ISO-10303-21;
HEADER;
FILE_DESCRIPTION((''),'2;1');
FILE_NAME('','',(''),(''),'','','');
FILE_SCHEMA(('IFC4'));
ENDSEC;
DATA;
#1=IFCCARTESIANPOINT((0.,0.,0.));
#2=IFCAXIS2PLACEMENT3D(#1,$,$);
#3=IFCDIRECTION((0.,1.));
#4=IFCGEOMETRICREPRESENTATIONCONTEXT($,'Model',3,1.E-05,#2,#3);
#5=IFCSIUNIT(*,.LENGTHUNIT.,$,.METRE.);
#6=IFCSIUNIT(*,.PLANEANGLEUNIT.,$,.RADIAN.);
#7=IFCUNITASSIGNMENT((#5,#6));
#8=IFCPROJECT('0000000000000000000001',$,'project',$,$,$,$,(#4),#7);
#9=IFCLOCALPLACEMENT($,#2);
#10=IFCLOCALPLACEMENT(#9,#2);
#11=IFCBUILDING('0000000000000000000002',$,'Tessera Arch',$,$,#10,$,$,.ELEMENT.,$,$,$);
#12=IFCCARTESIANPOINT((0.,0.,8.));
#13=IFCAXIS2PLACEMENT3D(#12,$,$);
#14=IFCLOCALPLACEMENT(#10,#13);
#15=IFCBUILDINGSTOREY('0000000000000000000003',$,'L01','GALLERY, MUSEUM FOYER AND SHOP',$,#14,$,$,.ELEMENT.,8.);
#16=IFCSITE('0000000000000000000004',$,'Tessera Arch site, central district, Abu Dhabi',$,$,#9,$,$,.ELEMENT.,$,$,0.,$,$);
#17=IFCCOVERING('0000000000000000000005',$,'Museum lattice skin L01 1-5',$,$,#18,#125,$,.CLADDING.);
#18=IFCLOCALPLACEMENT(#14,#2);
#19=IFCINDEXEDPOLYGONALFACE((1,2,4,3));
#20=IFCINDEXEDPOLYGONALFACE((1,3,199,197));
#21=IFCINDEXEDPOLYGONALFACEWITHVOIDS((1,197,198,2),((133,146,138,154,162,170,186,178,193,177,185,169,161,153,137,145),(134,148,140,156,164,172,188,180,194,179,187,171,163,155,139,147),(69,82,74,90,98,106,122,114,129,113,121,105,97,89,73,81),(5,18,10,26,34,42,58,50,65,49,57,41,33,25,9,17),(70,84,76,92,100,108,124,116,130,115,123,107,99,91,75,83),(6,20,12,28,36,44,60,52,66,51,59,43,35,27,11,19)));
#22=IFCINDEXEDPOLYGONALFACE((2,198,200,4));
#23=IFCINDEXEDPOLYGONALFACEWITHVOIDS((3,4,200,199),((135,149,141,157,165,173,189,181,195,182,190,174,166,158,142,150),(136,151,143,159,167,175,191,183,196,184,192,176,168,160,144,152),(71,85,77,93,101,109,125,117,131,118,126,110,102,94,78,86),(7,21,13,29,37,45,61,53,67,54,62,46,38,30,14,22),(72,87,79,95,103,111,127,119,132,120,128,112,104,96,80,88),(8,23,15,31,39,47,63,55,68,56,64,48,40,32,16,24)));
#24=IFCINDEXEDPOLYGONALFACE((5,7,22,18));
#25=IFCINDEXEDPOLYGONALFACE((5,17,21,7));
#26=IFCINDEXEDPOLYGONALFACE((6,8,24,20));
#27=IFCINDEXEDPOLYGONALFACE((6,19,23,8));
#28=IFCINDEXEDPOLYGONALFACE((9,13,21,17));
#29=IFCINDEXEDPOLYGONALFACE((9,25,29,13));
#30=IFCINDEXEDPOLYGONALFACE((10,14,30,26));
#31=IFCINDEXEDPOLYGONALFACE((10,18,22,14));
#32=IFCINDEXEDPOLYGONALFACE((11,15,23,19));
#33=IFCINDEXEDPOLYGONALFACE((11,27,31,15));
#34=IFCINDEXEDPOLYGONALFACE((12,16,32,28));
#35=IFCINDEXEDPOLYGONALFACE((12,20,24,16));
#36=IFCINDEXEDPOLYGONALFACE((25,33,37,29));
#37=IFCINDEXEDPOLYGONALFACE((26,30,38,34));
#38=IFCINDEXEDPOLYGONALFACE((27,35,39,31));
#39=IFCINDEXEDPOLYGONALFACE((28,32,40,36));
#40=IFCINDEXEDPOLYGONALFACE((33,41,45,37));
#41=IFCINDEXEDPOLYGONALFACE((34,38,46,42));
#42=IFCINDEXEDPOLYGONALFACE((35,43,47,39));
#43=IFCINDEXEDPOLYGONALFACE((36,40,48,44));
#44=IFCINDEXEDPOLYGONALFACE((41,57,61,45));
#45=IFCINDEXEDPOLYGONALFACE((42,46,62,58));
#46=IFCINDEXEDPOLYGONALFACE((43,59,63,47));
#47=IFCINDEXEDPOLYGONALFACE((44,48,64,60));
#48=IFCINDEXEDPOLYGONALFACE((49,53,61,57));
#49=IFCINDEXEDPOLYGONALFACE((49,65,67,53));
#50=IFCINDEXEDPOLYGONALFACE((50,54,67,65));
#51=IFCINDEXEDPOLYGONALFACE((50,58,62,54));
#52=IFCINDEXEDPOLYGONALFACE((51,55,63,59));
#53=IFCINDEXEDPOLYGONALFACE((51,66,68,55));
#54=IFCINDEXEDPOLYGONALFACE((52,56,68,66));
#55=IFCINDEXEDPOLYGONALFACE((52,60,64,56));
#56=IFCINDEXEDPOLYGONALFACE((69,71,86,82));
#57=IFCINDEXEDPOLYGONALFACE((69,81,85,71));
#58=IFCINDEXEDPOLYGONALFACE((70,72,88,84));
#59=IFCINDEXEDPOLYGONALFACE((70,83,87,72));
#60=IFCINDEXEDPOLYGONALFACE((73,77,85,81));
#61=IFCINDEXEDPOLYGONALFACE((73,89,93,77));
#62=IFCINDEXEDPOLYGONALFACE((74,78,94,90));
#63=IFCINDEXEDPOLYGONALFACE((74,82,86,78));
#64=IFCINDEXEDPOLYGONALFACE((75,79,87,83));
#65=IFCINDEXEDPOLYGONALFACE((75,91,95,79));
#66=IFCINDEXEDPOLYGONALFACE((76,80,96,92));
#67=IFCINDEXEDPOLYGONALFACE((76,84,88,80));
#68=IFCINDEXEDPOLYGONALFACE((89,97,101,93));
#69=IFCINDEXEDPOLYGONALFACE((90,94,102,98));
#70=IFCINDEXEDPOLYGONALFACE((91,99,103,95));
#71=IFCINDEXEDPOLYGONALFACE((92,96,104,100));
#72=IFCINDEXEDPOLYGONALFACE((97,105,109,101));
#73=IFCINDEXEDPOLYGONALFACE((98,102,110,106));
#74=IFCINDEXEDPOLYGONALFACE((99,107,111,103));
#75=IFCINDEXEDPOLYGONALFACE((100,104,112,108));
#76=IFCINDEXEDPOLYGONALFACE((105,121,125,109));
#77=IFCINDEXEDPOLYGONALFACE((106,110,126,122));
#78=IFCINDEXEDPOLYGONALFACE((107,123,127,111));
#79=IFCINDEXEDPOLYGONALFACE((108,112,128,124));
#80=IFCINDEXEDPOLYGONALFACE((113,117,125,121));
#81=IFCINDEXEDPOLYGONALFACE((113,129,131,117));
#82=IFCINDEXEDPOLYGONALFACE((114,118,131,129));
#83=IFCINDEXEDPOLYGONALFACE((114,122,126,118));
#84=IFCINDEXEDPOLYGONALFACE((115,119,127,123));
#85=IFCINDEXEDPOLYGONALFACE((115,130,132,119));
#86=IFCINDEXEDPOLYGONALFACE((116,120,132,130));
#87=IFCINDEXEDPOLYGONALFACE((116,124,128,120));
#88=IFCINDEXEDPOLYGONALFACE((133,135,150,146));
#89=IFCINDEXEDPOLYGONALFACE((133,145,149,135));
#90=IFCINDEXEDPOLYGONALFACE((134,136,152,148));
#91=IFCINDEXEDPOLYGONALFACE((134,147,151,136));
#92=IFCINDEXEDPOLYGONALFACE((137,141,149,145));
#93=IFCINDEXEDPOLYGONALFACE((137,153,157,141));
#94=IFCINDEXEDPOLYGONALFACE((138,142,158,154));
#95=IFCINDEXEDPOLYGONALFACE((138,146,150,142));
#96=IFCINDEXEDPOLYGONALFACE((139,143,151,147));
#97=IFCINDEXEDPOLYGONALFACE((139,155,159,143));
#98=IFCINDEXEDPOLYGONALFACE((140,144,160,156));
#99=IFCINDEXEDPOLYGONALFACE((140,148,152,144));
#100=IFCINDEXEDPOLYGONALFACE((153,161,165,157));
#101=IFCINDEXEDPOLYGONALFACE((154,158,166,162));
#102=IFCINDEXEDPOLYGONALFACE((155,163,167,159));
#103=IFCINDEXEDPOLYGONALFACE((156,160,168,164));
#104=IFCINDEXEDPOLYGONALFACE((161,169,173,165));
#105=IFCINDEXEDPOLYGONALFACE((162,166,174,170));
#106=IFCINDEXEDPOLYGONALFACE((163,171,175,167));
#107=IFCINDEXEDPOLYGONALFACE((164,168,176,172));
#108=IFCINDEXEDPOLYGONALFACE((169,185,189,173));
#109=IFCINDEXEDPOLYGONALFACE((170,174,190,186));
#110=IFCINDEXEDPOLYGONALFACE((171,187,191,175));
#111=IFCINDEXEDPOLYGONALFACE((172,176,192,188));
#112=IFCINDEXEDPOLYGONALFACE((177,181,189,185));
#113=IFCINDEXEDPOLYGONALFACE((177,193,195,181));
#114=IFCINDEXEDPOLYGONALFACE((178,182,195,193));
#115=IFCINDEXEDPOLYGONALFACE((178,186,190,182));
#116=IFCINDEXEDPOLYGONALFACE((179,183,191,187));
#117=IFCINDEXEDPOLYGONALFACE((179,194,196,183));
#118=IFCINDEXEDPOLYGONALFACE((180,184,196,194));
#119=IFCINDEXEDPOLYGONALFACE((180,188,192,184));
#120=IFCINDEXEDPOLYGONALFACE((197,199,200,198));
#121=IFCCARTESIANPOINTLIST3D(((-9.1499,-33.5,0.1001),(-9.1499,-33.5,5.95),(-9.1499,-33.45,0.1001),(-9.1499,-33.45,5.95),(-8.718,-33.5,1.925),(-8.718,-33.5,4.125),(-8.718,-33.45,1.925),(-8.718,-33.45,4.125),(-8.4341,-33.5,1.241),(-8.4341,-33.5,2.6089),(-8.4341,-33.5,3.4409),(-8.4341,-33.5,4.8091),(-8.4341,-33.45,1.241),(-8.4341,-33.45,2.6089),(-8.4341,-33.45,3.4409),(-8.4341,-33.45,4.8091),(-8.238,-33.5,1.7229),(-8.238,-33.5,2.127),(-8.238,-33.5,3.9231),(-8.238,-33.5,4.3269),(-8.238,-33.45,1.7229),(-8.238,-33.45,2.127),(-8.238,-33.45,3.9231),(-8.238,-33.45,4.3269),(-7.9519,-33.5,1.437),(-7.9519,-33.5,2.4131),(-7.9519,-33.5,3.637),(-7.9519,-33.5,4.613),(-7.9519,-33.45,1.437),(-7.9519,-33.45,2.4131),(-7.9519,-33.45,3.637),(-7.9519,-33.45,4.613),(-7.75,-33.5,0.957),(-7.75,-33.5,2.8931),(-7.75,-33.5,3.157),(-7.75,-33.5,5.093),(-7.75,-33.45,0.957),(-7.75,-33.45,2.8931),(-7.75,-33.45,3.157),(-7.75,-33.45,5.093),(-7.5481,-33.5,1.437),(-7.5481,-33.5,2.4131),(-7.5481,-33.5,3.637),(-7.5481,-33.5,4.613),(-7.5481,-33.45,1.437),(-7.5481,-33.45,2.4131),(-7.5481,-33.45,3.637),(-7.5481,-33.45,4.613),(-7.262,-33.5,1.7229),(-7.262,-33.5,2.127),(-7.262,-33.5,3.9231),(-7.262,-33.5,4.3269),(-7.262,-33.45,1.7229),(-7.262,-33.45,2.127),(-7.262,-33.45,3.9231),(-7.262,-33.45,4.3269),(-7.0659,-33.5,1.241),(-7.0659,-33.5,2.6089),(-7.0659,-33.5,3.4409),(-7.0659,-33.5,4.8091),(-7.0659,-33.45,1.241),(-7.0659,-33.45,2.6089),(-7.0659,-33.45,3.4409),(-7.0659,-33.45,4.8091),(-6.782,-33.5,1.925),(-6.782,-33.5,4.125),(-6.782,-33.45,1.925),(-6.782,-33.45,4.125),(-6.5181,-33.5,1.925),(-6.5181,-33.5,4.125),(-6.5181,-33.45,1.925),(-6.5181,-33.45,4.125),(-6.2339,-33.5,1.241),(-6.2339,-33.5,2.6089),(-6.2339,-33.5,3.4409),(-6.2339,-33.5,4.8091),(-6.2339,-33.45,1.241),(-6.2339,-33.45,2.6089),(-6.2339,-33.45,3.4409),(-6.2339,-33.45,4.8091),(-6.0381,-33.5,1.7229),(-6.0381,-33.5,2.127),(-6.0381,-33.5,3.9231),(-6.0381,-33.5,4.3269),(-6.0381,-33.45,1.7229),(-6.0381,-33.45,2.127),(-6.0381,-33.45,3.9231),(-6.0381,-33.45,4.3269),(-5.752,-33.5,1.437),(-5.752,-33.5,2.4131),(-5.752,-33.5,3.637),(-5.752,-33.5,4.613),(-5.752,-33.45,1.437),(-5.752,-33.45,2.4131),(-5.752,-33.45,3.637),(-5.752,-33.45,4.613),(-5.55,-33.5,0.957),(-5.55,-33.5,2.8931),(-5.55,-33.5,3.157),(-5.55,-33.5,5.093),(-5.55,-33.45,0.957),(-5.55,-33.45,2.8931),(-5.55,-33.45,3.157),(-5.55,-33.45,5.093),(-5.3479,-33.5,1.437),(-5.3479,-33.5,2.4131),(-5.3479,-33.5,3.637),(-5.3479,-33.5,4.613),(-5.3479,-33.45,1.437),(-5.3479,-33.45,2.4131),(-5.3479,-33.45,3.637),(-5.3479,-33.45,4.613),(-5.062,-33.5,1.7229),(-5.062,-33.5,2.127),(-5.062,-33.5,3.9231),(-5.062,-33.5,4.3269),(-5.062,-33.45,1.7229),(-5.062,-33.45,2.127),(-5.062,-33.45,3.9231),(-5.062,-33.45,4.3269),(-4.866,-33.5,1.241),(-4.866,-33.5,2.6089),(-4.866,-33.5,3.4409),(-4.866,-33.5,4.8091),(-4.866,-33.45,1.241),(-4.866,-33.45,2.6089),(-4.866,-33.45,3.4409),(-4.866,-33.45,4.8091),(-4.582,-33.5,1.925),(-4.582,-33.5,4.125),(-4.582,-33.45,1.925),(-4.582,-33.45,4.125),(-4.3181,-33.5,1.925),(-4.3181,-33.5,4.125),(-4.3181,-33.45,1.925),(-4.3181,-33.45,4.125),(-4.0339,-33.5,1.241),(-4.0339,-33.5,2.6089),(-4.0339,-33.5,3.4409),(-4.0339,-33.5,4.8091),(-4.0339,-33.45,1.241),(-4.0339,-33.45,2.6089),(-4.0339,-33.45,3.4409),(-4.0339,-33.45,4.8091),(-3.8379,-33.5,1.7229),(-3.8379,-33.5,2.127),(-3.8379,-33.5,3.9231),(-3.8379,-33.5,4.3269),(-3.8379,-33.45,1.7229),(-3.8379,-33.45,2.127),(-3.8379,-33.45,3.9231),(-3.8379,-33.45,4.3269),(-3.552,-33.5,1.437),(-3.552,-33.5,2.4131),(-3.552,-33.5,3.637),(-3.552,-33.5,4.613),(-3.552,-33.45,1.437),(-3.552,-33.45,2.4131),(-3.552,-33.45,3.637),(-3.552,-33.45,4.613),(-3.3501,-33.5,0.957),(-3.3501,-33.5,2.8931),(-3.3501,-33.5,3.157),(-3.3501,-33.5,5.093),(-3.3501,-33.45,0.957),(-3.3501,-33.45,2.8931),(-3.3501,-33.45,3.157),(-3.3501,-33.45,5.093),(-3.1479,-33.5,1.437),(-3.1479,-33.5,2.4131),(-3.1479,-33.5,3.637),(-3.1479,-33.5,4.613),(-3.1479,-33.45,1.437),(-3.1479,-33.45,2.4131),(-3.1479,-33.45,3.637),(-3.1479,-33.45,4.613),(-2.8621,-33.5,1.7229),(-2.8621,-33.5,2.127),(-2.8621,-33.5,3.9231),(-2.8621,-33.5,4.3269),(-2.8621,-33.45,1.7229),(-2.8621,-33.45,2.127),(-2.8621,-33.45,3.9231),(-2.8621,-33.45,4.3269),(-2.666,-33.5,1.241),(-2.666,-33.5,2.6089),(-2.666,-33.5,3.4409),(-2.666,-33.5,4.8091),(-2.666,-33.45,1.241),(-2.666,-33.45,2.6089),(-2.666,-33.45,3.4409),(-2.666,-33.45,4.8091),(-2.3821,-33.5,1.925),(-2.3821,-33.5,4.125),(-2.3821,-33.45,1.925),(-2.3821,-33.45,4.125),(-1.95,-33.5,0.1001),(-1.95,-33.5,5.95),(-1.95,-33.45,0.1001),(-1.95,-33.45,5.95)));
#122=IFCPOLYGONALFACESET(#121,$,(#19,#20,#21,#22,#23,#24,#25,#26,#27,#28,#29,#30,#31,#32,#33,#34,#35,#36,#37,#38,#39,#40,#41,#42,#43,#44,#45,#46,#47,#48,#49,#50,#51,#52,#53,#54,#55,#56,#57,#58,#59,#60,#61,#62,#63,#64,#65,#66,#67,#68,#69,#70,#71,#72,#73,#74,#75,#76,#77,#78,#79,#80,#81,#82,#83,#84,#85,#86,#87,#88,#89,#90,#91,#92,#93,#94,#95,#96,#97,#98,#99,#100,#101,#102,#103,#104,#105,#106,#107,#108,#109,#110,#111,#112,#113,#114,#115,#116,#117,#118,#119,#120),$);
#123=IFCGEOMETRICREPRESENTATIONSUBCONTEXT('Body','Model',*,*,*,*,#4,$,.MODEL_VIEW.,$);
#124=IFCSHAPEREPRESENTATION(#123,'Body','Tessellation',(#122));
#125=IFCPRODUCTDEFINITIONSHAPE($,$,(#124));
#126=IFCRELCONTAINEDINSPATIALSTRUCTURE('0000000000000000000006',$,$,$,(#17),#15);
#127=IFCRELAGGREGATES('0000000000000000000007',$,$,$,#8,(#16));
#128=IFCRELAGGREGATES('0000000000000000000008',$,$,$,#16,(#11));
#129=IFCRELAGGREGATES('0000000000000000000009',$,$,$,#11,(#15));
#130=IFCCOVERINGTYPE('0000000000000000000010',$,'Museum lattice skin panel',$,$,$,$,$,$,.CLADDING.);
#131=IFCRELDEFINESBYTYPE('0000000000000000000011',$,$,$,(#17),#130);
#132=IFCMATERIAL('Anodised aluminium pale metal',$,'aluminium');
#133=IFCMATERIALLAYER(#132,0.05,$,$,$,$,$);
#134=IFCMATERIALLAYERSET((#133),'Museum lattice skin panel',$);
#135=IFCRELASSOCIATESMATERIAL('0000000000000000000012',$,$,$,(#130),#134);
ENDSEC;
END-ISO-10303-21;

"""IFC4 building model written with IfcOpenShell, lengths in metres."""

from ifc_helpers import new_model, si_unit, direction, frame, origin, place, context, subcontext, project, spatial, polyline, outline, extrude, material, layer, layer_set, type_object, element, save


model = new_model("IFC4")

# Units and contexts
model_context = context("Model", 3, precision=1e-05, world=origin(), true_north=direction((0.0, 1.0)))
body_context = subcontext(model_context, "Body", "Model", "MODEL_VIEW")
ifc_project = project(units=[si_unit("LENGTHUNIT", "METRE"), si_unit("PLANEANGLEUNIT", "RADIAN")], contexts=[model_context])

# Site, building, storey
site_placement = place(None, origin())
site = spatial("IfcSite", under=ifc_project, at=site_placement, Name="Tessera Arch site, central district, Abu Dhabi", CompositionType="ELEMENT", RefElevation=0.0)
building_placement = place(site_placement, origin())
building = spatial("IfcBuilding", under=site, at=building_placement, Name="Tessera Arch", CompositionType="ELEMENT")
storey_placement = place(building_placement, frame((0.0, 0.0, 8.0)))
storey = spatial("IfcBuildingStorey", under=building, at=storey_placement, Name="L01", Description="GALLERY, MUSEUM FOYER AND SHOP", CompositionType="ELEMENT", Elevation=8.0)

# Covering
ifc_material_1 = material(Name="Anodised aluminium pale metal", Category="aluminium")
ifc_layer_1 = layer(ifc_material_1, 0.05)
ifc_layer_set_1 = layer_set([ifc_layer_1], Name="Museum lattice skin panel")
covering_type_1 = type_object("IfcCoveringType", Name="Museum lattice skin panel", PredefinedType="CLADDING", material=ifc_layer_set_1)
covering_1_placement = place(storey_placement, frame((-9.1499, -33.45, 5.95), z_axis=(0.0, 1.0, 0.0), x_axis=(1.0, 0.0, 0.0)))
element("IfcCovering", 1, at=covering_1_placement, inside=storey, type_object=covering_type_1, Name="Museum lattice skin L01 1-5", PredefinedType="CLADDING", context=body_context, shape_type="SweptSolid", body=[
    extrude(outline(polyline([(0.0, 0.0), (7.2, 0.0), (7.2, 5.8499), (0.0, 5.8499), (0.0, 0.0)]), holes=[polyline([(2.3679, 4.0249), (1.8879, 3.823), (2.084, 3.3411), (1.6018, 3.5369), (1.3999, 3.0569), (1.198, 3.5369), (0.7158, 3.3411), (0.9119, 3.823), (0.4319, 4.0249), (0.9119, 4.2271), (0.7158, 4.709), (1.198, 4.5129), (1.3999, 4.9929), (1.6018, 4.5129), (2.084, 4.709), (1.8879, 4.2271), (2.3679, 4.0249)]), polyline([(2.3679, 1.825), (1.8879, 1.623), (2.084, 1.1409), (1.6018, 1.3369), (1.3999, 0.8569), (1.198, 1.3369), (0.7158, 1.1409), (0.9119, 1.623), (0.4319, 1.825), (0.9119, 2.0269), (0.7158, 2.509), (1.198, 2.313), (1.3999, 2.793), (1.6018, 2.313), (2.084, 2.509), (1.8879, 2.0269), (2.3679, 1.825)]), polyline([(4.5679, 4.0249), (4.0879, 3.823), (4.2839, 3.3411), (3.802, 3.5369), (3.5999, 3.0569), (3.3979, 3.5369), (2.916, 3.3411), (3.1118, 3.823), (2.6318, 4.0249), (3.1118, 4.2271), (2.916, 4.709), (3.3979, 4.5129), (3.5999, 4.9929), (3.802, 4.5129), (4.2839, 4.709), (4.0879, 4.2271), (4.5679, 4.0249)]), polyline([(4.5679, 1.825), (4.0879, 1.623), (4.2839, 1.1409), (3.802, 1.3369), (3.5999, 0.8569), (3.3979, 1.3369), (2.916, 1.1409), (3.1118, 1.623), (2.6318, 1.825), (3.1118, 2.0269), (2.916, 2.509), (3.3979, 2.313), (3.5999, 2.793), (3.802, 2.313), (4.2839, 2.509), (4.0879, 2.0269), (4.5679, 1.825)]), polyline([(6.7678, 4.0249), (6.2878, 3.823), (6.4839, 3.3411), (6.002, 3.5369), (5.7998, 3.0569), (5.5979, 3.5369), (5.116, 3.3411), (5.312, 3.823), (4.8318, 4.0249), (5.312, 4.2271), (5.116, 4.709), (5.5979, 4.5129), (5.7998, 4.9929), (6.002, 4.5129), (6.4839, 4.709), (6.2878, 4.2271), (6.7678, 4.0249)]), polyline([(6.7678, 1.825), (6.2878, 1.623), (6.4839, 1.1409), (6.002, 1.3369), (5.7998, 0.8569), (5.5979, 1.3369), (5.116, 1.1409), (5.312, 1.623), (4.8318, 1.825), (5.312, 2.0269), (5.116, 2.509), (5.5979, 2.313), (5.7998, 2.793), (6.002, 2.313), (6.4839, 2.509), (6.2878, 2.0269), (6.7678, 1.825)])]), origin(), (0.0, 0.0, -1.0), 0.05),
])

save(model, "model.ifc")
